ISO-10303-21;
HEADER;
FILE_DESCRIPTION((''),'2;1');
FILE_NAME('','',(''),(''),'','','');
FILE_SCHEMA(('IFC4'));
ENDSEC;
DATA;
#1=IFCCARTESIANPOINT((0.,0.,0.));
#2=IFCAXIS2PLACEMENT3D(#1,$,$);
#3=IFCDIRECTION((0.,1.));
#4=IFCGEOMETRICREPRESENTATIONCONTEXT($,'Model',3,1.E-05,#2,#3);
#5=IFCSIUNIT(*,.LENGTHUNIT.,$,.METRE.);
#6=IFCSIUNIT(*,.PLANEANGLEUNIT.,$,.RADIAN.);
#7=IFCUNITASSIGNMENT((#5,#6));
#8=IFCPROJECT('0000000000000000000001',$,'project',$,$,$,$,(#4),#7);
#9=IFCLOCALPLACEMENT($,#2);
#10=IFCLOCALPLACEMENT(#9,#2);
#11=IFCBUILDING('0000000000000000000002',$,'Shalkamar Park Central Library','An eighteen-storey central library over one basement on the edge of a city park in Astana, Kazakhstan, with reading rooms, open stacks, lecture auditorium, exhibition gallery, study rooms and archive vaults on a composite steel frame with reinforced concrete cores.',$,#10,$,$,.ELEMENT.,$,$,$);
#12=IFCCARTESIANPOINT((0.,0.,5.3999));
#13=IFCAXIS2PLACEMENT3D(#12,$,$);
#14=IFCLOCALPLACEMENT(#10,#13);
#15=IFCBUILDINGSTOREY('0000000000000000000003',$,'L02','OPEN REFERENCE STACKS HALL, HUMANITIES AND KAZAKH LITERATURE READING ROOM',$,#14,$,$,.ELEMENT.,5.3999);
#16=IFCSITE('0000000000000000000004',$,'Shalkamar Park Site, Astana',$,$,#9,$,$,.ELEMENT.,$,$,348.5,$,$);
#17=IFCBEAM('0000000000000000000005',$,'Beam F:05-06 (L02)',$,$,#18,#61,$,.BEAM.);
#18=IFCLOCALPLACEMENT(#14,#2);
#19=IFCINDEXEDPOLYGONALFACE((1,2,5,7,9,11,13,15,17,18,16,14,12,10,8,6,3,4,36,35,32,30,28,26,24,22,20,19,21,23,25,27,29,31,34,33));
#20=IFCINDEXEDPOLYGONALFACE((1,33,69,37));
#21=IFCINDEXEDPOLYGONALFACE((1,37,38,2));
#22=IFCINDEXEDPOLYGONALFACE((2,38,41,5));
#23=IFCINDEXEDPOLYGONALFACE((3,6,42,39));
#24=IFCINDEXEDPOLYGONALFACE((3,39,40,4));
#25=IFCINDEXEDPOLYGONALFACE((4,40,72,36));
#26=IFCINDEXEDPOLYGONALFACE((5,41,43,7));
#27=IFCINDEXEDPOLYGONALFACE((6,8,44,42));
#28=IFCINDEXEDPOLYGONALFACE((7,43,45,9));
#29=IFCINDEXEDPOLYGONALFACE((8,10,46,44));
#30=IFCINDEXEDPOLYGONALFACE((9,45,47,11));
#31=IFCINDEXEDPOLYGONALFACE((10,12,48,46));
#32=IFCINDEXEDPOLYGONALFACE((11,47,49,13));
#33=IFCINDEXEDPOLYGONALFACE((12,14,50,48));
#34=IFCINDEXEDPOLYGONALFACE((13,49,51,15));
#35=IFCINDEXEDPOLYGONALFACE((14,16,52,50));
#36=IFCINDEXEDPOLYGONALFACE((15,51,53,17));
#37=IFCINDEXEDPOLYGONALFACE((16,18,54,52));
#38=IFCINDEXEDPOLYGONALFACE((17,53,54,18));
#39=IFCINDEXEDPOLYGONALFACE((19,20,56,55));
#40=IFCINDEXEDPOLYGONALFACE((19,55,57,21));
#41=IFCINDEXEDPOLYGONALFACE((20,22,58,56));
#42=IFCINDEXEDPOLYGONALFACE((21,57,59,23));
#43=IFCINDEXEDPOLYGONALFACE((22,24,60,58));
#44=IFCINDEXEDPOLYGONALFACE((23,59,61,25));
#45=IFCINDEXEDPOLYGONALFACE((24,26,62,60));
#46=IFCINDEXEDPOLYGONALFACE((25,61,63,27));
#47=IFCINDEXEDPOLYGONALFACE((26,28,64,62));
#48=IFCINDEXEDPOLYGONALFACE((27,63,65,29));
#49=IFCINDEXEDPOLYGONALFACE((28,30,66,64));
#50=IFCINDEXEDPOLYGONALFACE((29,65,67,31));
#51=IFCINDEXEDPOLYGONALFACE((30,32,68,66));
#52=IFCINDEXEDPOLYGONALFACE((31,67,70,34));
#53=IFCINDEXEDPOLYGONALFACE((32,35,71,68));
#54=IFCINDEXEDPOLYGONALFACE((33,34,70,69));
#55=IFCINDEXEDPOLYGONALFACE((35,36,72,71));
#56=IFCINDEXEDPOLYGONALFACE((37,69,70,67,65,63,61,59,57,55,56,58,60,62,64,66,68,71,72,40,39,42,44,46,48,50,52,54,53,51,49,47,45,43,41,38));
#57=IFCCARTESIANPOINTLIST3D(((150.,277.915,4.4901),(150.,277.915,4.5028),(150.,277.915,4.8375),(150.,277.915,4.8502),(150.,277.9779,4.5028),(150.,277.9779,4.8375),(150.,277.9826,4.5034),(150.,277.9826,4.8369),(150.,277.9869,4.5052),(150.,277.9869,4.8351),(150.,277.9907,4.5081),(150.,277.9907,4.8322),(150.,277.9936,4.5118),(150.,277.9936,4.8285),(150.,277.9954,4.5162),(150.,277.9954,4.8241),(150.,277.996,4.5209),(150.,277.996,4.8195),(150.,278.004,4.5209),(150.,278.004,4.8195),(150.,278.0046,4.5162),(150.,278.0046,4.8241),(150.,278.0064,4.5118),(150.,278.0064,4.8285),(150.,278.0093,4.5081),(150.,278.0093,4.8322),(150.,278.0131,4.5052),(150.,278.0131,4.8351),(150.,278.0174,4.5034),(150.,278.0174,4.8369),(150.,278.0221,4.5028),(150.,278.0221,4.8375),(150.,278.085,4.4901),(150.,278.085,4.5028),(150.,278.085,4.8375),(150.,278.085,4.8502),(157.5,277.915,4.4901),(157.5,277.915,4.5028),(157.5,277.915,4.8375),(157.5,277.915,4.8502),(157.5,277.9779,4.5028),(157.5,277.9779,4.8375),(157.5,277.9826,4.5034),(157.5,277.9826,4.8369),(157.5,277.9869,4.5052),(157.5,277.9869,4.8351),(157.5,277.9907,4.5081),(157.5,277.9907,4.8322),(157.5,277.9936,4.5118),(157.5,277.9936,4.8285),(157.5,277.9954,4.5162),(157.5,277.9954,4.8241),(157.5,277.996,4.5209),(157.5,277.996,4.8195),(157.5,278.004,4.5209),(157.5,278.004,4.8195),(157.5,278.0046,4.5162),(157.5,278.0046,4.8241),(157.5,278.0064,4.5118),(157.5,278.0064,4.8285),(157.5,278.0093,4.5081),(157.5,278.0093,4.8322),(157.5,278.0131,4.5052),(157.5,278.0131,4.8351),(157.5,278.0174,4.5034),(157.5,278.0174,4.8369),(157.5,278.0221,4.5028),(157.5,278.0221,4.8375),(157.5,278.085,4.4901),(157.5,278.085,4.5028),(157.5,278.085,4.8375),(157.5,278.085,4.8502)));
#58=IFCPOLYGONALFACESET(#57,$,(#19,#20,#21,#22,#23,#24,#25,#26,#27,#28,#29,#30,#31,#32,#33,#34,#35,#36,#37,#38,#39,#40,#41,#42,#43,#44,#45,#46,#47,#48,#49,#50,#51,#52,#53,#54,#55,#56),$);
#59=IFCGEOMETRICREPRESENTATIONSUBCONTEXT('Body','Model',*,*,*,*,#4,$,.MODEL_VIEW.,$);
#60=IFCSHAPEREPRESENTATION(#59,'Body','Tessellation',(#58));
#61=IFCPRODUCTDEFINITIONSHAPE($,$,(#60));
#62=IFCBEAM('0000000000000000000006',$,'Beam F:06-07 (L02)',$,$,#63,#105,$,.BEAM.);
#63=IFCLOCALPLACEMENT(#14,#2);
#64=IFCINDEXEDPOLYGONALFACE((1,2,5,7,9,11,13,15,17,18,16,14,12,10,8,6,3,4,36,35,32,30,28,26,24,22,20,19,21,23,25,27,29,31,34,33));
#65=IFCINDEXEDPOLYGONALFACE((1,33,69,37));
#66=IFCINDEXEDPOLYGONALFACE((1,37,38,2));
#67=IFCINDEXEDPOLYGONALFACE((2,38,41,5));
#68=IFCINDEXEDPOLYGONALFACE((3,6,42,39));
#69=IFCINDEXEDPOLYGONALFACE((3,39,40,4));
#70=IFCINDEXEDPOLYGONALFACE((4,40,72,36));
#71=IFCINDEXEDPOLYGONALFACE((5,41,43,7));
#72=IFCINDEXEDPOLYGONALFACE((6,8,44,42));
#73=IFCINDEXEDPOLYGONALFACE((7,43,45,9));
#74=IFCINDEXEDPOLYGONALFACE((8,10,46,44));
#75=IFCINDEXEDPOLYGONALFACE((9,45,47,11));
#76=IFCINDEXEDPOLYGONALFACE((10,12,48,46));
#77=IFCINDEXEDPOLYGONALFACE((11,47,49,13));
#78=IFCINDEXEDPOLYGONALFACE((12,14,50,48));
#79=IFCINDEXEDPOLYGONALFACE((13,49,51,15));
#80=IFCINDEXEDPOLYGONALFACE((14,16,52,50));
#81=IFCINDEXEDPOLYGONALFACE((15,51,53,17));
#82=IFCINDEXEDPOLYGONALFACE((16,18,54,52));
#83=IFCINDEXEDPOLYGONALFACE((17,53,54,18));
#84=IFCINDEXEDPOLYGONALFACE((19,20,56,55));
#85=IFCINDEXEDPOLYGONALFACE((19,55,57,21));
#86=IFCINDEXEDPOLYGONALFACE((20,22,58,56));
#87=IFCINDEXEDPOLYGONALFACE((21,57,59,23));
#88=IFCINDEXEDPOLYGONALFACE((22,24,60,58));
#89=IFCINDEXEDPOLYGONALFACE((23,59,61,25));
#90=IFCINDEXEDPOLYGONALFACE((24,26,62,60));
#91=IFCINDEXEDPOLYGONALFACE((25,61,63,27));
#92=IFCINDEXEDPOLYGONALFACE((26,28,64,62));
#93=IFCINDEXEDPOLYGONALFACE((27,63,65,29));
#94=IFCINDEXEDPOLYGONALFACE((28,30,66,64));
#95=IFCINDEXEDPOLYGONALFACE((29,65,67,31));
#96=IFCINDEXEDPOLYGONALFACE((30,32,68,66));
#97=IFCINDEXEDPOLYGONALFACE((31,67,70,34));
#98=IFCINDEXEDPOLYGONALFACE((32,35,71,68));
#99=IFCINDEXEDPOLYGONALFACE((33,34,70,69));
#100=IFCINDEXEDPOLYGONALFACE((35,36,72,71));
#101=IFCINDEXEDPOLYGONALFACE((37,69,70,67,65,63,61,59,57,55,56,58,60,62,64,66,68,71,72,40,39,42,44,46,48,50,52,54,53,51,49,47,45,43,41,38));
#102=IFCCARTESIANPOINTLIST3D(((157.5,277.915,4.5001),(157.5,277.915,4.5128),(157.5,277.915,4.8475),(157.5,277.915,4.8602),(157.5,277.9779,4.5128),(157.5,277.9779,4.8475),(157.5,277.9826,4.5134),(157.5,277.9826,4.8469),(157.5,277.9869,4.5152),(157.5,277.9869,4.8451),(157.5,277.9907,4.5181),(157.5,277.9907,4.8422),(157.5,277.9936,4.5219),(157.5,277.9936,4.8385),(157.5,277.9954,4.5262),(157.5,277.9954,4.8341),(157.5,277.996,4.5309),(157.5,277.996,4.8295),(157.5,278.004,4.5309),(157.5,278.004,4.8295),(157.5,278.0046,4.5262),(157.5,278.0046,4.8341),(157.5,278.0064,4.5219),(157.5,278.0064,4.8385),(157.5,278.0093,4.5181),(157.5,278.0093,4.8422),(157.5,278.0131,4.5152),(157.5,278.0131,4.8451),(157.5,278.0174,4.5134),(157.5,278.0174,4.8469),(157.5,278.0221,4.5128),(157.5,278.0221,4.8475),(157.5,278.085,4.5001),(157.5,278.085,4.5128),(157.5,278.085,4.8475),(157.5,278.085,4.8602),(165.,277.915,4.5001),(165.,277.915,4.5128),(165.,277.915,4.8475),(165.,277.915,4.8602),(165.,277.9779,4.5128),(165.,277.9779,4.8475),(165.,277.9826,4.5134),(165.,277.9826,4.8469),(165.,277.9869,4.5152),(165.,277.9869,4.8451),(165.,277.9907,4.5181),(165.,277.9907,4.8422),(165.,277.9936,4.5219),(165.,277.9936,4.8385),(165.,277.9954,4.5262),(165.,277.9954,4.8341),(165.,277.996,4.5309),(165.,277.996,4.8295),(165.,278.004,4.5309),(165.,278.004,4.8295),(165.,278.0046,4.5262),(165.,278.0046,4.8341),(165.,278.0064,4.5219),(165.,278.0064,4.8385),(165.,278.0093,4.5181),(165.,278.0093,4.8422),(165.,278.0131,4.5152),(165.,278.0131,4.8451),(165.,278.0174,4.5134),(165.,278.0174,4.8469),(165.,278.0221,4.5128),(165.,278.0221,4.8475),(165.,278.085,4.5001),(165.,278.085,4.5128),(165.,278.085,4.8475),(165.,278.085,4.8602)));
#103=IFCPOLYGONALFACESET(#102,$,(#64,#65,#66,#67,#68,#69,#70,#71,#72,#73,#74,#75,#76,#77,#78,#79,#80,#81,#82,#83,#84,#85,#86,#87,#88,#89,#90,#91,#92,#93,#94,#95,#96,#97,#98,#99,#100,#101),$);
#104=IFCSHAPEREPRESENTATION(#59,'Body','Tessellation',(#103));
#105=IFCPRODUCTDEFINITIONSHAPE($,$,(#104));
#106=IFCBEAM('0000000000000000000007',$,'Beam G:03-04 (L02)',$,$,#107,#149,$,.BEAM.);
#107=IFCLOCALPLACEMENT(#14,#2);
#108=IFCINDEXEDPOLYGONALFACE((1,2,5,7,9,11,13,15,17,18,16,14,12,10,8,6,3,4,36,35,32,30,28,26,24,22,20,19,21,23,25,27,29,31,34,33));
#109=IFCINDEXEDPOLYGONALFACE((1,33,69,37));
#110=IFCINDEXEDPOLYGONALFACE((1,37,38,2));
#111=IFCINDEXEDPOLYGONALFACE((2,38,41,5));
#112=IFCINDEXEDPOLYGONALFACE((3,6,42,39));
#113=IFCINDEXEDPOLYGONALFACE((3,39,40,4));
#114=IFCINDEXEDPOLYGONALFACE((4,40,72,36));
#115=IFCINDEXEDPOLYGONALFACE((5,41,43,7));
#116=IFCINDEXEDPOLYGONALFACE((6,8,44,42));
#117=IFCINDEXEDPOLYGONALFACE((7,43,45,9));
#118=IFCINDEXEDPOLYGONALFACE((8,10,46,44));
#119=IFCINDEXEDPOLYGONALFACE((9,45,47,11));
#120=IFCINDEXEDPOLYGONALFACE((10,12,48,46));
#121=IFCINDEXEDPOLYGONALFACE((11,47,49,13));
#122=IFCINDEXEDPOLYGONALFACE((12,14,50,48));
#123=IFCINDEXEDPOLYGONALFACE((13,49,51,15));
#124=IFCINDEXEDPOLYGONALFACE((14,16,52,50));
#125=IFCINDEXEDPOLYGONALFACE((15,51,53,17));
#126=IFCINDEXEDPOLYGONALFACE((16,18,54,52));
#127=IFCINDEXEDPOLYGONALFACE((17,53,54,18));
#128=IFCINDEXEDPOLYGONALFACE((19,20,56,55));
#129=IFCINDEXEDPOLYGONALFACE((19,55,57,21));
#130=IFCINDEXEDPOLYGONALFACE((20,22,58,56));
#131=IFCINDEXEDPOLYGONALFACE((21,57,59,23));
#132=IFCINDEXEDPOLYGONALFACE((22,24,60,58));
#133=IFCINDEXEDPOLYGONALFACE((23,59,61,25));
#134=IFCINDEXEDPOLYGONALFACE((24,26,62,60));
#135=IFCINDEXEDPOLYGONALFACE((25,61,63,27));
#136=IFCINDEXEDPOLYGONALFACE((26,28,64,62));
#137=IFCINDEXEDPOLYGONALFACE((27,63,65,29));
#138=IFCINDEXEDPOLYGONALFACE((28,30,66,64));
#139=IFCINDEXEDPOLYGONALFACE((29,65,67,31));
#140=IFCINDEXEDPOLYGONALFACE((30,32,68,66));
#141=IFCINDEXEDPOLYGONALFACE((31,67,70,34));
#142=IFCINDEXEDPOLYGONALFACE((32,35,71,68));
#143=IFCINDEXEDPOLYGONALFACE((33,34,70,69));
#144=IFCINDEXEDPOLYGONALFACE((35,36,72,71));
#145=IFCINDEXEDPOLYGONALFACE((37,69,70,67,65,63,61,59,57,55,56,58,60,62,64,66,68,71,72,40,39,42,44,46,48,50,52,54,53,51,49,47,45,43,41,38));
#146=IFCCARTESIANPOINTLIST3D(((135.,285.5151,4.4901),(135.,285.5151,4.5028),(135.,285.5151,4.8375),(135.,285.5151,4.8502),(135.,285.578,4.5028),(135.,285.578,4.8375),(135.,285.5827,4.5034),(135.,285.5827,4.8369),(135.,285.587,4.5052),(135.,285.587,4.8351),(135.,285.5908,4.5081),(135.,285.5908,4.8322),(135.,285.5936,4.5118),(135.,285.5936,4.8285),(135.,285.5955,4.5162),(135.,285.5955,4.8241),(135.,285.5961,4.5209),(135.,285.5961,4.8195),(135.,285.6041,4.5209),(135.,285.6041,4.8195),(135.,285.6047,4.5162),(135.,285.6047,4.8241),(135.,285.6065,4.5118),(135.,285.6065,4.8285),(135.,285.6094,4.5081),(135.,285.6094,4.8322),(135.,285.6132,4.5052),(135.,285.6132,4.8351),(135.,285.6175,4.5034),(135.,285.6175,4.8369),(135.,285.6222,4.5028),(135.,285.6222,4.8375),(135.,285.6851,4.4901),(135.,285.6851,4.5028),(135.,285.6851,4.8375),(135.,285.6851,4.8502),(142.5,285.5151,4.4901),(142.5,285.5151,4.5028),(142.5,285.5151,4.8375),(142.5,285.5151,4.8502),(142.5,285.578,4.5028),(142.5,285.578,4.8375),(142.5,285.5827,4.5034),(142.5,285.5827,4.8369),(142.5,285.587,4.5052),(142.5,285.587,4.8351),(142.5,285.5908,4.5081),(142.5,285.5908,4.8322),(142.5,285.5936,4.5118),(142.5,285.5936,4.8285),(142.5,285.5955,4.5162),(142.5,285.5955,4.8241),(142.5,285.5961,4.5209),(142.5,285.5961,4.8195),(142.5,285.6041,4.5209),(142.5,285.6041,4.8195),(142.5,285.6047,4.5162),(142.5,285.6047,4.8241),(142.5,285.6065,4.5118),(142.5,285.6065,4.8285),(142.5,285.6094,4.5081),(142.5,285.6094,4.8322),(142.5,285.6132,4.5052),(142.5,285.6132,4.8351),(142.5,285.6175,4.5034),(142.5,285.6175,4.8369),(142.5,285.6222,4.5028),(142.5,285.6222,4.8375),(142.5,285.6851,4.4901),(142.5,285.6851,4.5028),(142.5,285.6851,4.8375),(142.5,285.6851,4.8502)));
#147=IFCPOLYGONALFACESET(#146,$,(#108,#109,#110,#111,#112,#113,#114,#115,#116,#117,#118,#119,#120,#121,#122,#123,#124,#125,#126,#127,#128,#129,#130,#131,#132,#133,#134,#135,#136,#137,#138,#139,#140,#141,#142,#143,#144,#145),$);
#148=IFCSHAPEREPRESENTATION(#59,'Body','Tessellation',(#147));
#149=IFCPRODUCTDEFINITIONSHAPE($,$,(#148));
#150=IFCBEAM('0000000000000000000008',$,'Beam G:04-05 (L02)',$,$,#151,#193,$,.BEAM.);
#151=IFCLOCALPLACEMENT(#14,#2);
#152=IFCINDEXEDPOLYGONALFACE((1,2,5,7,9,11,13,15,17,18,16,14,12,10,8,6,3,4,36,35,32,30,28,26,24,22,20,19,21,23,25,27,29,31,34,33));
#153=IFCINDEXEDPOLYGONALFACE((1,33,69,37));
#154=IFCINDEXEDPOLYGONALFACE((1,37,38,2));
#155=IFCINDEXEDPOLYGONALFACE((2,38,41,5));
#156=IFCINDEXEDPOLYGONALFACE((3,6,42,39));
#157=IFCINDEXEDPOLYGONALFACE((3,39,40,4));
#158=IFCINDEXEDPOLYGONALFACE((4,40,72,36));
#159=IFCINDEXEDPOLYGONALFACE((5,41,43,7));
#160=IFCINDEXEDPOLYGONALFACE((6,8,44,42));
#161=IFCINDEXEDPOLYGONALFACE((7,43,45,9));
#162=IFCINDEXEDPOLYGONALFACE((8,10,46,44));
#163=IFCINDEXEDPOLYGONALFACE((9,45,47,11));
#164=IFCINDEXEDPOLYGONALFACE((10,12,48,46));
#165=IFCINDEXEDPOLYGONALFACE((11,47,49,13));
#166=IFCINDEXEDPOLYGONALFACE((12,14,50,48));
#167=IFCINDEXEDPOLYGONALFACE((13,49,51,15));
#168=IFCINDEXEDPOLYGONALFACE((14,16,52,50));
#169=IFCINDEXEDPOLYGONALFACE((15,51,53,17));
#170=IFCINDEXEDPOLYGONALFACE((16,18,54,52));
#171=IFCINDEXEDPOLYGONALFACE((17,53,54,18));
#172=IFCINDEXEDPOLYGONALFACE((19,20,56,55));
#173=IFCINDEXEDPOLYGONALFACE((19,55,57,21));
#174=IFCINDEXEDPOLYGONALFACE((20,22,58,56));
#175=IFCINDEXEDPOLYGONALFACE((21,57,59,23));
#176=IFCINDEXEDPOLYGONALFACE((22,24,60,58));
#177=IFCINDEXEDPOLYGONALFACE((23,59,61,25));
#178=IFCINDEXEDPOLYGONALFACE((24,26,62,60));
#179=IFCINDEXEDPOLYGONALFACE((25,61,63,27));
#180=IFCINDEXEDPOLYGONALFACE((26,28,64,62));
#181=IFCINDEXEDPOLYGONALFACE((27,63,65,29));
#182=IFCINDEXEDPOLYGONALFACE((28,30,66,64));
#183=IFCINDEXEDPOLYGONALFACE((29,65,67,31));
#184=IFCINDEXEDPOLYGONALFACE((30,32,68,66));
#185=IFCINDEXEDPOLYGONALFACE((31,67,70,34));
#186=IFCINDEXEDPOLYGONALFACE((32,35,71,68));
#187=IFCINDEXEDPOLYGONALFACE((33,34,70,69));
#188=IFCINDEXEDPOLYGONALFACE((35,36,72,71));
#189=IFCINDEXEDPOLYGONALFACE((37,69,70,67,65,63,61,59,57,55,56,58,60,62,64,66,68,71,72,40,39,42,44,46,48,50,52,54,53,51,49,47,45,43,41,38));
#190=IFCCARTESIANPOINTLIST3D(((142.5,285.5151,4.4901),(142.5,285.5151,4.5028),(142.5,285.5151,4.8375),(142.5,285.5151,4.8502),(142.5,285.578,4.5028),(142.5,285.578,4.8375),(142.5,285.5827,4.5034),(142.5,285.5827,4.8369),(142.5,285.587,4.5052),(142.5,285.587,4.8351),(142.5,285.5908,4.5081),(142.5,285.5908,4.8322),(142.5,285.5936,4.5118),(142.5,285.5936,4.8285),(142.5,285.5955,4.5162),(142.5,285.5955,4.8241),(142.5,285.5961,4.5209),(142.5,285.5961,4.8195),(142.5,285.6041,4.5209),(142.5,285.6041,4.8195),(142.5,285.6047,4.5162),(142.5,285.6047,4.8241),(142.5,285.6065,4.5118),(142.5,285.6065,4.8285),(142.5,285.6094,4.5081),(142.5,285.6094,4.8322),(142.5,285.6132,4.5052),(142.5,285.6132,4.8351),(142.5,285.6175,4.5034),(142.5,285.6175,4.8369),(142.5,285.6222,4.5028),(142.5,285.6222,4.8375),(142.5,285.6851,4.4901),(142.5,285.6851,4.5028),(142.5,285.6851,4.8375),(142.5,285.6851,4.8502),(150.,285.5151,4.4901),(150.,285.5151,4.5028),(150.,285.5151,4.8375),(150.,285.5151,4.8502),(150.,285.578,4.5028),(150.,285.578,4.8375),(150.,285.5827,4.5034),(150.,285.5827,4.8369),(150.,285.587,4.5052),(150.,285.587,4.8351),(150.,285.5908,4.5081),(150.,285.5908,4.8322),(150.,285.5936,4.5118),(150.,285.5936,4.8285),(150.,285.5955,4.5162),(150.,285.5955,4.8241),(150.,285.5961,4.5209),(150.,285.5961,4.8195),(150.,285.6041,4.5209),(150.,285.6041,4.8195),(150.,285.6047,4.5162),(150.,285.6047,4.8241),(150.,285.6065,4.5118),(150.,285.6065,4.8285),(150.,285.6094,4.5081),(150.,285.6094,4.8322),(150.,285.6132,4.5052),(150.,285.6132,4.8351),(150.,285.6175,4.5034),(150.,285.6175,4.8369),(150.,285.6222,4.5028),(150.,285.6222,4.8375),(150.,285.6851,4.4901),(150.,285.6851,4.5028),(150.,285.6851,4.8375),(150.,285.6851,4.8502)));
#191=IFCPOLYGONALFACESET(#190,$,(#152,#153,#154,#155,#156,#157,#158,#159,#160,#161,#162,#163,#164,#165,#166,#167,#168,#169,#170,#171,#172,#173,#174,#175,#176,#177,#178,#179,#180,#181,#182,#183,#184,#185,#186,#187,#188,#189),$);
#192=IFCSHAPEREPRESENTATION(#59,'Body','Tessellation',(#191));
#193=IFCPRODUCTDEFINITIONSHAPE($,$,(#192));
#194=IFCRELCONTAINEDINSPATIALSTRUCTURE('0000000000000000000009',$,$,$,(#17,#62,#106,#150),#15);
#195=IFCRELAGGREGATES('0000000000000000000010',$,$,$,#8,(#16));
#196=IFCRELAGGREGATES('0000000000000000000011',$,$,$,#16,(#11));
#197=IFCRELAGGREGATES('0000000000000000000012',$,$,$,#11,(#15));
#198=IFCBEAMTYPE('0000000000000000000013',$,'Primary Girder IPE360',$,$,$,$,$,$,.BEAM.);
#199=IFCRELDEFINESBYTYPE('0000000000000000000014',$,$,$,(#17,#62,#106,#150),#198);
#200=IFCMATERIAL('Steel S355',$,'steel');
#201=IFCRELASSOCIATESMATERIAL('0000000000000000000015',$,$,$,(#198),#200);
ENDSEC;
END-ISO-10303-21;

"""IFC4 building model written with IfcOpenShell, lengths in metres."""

from ifc_helpers import new_model, si_unit, direction, frame, origin, origin_2d, place, context, subcontext, project, spatial, i_section, extrude, material, material_profile, profile_set, type_object, element, save


model = new_model("IFC4")

# Units and contexts
model_context = context("Model", 3, precision=1e-05, world=origin(), true_north=direction((0.0, 1.0)))
body_context = subcontext(model_context, "Body", "Model", "MODEL_VIEW")
ifc_project = project(units=[si_unit("LENGTHUNIT", "METRE"), si_unit("PLANEANGLEUNIT", "RADIAN")], contexts=[model_context])

# Site, building, storey
site_placement = place(None, origin())
site = spatial("IfcSite", under=ifc_project, at=site_placement, Name="Shalkamar Park Site, Astana", CompositionType="ELEMENT", RefElevation=348.5)
building_placement = place(site_placement, origin())
building = spatial("IfcBuilding", under=site, at=building_placement, Name="Shalkamar Park Central Library", Description="An eighteen-storey central library over one basement on the edge of a city park in Astana, Kazakhstan, with reading rooms, open stacks, lecture auditorium, exhibition gallery, study rooms and archive vaults on a composite steel frame with reinforced concrete cores.", CompositionType="ELEMENT")
storey_placement = place(building_placement, frame((0.0, 0.0, 5.3999)))
storey = spatial("IfcBuildingStorey", under=building, at=storey_placement, Name="L02", Description="OPEN REFERENCE STACKS HALL, HUMANITIES AND KAZAKH LITERATURE READING ROOM", CompositionType="ELEMENT", Elevation=5.3999)

# Shared definitions
ifc_material_1 = material(Name="Steel S355", Category="steel")

# Beams
ifc_material_profile_1 = material_profile(ifc_material_1, i_section(OverallWidth=0.1699, OverallDepth=0.3601, WebThickness=0.0081, FlangeThickness=0.0127, FilletRadius=0.0181, at=origin_2d()), Name="IPE 360")
ifc_profile_set_1 = profile_set([ifc_material_profile_1], Name="Steel S355")
beam_type_1 = type_object("IfcBeamType", Name="Primary Girder IPE360", PredefinedType="BEAM", material=ifc_profile_set_1)
for number, where, z_axis, x_axis, name in (
    (1, (150.0, 278.0, 4.6702), (1.0, 0.0, 0.0), (0.0, 1.0, 0.0), "Beam F:05-06 (L02)"),
    (2, (157.5, 278.0, 4.6802), (1.0, 0.0, 0.0), (0.0, 1.0, 0.0), "Beam F:06-07 (L02)"),
    (3, (135.0, 285.6001, 4.6702), (1.0, 0.0, 0.0), (0.0, 1.0, 0.0), "Beam G:03-04 (L02)"),
    (4, (142.5, 285.6001, 4.6702), (1.0, 0.0, 0.0), (0.0, 1.0, 0.0), "Beam G:04-05 (L02)"),
):
    element("IfcBeam", number, at=place(storey_placement, frame(where, z_axis=z_axis, x_axis=x_axis)), inside=storey, type_object=beam_type_1, Name=name, PredefinedType="BEAM", context=body_context, shape_type="SweptSolid", body=[
        extrude(i_section(OverallWidth=0.1699, OverallDepth=0.3601, WebThickness=0.0081, FlangeThickness=0.0127, FilletRadius=0.0181, at=origin_2d()), origin(), (0.0, 0.0, 1.0), 7.5),
    ])

save(model, "model.ifc")
